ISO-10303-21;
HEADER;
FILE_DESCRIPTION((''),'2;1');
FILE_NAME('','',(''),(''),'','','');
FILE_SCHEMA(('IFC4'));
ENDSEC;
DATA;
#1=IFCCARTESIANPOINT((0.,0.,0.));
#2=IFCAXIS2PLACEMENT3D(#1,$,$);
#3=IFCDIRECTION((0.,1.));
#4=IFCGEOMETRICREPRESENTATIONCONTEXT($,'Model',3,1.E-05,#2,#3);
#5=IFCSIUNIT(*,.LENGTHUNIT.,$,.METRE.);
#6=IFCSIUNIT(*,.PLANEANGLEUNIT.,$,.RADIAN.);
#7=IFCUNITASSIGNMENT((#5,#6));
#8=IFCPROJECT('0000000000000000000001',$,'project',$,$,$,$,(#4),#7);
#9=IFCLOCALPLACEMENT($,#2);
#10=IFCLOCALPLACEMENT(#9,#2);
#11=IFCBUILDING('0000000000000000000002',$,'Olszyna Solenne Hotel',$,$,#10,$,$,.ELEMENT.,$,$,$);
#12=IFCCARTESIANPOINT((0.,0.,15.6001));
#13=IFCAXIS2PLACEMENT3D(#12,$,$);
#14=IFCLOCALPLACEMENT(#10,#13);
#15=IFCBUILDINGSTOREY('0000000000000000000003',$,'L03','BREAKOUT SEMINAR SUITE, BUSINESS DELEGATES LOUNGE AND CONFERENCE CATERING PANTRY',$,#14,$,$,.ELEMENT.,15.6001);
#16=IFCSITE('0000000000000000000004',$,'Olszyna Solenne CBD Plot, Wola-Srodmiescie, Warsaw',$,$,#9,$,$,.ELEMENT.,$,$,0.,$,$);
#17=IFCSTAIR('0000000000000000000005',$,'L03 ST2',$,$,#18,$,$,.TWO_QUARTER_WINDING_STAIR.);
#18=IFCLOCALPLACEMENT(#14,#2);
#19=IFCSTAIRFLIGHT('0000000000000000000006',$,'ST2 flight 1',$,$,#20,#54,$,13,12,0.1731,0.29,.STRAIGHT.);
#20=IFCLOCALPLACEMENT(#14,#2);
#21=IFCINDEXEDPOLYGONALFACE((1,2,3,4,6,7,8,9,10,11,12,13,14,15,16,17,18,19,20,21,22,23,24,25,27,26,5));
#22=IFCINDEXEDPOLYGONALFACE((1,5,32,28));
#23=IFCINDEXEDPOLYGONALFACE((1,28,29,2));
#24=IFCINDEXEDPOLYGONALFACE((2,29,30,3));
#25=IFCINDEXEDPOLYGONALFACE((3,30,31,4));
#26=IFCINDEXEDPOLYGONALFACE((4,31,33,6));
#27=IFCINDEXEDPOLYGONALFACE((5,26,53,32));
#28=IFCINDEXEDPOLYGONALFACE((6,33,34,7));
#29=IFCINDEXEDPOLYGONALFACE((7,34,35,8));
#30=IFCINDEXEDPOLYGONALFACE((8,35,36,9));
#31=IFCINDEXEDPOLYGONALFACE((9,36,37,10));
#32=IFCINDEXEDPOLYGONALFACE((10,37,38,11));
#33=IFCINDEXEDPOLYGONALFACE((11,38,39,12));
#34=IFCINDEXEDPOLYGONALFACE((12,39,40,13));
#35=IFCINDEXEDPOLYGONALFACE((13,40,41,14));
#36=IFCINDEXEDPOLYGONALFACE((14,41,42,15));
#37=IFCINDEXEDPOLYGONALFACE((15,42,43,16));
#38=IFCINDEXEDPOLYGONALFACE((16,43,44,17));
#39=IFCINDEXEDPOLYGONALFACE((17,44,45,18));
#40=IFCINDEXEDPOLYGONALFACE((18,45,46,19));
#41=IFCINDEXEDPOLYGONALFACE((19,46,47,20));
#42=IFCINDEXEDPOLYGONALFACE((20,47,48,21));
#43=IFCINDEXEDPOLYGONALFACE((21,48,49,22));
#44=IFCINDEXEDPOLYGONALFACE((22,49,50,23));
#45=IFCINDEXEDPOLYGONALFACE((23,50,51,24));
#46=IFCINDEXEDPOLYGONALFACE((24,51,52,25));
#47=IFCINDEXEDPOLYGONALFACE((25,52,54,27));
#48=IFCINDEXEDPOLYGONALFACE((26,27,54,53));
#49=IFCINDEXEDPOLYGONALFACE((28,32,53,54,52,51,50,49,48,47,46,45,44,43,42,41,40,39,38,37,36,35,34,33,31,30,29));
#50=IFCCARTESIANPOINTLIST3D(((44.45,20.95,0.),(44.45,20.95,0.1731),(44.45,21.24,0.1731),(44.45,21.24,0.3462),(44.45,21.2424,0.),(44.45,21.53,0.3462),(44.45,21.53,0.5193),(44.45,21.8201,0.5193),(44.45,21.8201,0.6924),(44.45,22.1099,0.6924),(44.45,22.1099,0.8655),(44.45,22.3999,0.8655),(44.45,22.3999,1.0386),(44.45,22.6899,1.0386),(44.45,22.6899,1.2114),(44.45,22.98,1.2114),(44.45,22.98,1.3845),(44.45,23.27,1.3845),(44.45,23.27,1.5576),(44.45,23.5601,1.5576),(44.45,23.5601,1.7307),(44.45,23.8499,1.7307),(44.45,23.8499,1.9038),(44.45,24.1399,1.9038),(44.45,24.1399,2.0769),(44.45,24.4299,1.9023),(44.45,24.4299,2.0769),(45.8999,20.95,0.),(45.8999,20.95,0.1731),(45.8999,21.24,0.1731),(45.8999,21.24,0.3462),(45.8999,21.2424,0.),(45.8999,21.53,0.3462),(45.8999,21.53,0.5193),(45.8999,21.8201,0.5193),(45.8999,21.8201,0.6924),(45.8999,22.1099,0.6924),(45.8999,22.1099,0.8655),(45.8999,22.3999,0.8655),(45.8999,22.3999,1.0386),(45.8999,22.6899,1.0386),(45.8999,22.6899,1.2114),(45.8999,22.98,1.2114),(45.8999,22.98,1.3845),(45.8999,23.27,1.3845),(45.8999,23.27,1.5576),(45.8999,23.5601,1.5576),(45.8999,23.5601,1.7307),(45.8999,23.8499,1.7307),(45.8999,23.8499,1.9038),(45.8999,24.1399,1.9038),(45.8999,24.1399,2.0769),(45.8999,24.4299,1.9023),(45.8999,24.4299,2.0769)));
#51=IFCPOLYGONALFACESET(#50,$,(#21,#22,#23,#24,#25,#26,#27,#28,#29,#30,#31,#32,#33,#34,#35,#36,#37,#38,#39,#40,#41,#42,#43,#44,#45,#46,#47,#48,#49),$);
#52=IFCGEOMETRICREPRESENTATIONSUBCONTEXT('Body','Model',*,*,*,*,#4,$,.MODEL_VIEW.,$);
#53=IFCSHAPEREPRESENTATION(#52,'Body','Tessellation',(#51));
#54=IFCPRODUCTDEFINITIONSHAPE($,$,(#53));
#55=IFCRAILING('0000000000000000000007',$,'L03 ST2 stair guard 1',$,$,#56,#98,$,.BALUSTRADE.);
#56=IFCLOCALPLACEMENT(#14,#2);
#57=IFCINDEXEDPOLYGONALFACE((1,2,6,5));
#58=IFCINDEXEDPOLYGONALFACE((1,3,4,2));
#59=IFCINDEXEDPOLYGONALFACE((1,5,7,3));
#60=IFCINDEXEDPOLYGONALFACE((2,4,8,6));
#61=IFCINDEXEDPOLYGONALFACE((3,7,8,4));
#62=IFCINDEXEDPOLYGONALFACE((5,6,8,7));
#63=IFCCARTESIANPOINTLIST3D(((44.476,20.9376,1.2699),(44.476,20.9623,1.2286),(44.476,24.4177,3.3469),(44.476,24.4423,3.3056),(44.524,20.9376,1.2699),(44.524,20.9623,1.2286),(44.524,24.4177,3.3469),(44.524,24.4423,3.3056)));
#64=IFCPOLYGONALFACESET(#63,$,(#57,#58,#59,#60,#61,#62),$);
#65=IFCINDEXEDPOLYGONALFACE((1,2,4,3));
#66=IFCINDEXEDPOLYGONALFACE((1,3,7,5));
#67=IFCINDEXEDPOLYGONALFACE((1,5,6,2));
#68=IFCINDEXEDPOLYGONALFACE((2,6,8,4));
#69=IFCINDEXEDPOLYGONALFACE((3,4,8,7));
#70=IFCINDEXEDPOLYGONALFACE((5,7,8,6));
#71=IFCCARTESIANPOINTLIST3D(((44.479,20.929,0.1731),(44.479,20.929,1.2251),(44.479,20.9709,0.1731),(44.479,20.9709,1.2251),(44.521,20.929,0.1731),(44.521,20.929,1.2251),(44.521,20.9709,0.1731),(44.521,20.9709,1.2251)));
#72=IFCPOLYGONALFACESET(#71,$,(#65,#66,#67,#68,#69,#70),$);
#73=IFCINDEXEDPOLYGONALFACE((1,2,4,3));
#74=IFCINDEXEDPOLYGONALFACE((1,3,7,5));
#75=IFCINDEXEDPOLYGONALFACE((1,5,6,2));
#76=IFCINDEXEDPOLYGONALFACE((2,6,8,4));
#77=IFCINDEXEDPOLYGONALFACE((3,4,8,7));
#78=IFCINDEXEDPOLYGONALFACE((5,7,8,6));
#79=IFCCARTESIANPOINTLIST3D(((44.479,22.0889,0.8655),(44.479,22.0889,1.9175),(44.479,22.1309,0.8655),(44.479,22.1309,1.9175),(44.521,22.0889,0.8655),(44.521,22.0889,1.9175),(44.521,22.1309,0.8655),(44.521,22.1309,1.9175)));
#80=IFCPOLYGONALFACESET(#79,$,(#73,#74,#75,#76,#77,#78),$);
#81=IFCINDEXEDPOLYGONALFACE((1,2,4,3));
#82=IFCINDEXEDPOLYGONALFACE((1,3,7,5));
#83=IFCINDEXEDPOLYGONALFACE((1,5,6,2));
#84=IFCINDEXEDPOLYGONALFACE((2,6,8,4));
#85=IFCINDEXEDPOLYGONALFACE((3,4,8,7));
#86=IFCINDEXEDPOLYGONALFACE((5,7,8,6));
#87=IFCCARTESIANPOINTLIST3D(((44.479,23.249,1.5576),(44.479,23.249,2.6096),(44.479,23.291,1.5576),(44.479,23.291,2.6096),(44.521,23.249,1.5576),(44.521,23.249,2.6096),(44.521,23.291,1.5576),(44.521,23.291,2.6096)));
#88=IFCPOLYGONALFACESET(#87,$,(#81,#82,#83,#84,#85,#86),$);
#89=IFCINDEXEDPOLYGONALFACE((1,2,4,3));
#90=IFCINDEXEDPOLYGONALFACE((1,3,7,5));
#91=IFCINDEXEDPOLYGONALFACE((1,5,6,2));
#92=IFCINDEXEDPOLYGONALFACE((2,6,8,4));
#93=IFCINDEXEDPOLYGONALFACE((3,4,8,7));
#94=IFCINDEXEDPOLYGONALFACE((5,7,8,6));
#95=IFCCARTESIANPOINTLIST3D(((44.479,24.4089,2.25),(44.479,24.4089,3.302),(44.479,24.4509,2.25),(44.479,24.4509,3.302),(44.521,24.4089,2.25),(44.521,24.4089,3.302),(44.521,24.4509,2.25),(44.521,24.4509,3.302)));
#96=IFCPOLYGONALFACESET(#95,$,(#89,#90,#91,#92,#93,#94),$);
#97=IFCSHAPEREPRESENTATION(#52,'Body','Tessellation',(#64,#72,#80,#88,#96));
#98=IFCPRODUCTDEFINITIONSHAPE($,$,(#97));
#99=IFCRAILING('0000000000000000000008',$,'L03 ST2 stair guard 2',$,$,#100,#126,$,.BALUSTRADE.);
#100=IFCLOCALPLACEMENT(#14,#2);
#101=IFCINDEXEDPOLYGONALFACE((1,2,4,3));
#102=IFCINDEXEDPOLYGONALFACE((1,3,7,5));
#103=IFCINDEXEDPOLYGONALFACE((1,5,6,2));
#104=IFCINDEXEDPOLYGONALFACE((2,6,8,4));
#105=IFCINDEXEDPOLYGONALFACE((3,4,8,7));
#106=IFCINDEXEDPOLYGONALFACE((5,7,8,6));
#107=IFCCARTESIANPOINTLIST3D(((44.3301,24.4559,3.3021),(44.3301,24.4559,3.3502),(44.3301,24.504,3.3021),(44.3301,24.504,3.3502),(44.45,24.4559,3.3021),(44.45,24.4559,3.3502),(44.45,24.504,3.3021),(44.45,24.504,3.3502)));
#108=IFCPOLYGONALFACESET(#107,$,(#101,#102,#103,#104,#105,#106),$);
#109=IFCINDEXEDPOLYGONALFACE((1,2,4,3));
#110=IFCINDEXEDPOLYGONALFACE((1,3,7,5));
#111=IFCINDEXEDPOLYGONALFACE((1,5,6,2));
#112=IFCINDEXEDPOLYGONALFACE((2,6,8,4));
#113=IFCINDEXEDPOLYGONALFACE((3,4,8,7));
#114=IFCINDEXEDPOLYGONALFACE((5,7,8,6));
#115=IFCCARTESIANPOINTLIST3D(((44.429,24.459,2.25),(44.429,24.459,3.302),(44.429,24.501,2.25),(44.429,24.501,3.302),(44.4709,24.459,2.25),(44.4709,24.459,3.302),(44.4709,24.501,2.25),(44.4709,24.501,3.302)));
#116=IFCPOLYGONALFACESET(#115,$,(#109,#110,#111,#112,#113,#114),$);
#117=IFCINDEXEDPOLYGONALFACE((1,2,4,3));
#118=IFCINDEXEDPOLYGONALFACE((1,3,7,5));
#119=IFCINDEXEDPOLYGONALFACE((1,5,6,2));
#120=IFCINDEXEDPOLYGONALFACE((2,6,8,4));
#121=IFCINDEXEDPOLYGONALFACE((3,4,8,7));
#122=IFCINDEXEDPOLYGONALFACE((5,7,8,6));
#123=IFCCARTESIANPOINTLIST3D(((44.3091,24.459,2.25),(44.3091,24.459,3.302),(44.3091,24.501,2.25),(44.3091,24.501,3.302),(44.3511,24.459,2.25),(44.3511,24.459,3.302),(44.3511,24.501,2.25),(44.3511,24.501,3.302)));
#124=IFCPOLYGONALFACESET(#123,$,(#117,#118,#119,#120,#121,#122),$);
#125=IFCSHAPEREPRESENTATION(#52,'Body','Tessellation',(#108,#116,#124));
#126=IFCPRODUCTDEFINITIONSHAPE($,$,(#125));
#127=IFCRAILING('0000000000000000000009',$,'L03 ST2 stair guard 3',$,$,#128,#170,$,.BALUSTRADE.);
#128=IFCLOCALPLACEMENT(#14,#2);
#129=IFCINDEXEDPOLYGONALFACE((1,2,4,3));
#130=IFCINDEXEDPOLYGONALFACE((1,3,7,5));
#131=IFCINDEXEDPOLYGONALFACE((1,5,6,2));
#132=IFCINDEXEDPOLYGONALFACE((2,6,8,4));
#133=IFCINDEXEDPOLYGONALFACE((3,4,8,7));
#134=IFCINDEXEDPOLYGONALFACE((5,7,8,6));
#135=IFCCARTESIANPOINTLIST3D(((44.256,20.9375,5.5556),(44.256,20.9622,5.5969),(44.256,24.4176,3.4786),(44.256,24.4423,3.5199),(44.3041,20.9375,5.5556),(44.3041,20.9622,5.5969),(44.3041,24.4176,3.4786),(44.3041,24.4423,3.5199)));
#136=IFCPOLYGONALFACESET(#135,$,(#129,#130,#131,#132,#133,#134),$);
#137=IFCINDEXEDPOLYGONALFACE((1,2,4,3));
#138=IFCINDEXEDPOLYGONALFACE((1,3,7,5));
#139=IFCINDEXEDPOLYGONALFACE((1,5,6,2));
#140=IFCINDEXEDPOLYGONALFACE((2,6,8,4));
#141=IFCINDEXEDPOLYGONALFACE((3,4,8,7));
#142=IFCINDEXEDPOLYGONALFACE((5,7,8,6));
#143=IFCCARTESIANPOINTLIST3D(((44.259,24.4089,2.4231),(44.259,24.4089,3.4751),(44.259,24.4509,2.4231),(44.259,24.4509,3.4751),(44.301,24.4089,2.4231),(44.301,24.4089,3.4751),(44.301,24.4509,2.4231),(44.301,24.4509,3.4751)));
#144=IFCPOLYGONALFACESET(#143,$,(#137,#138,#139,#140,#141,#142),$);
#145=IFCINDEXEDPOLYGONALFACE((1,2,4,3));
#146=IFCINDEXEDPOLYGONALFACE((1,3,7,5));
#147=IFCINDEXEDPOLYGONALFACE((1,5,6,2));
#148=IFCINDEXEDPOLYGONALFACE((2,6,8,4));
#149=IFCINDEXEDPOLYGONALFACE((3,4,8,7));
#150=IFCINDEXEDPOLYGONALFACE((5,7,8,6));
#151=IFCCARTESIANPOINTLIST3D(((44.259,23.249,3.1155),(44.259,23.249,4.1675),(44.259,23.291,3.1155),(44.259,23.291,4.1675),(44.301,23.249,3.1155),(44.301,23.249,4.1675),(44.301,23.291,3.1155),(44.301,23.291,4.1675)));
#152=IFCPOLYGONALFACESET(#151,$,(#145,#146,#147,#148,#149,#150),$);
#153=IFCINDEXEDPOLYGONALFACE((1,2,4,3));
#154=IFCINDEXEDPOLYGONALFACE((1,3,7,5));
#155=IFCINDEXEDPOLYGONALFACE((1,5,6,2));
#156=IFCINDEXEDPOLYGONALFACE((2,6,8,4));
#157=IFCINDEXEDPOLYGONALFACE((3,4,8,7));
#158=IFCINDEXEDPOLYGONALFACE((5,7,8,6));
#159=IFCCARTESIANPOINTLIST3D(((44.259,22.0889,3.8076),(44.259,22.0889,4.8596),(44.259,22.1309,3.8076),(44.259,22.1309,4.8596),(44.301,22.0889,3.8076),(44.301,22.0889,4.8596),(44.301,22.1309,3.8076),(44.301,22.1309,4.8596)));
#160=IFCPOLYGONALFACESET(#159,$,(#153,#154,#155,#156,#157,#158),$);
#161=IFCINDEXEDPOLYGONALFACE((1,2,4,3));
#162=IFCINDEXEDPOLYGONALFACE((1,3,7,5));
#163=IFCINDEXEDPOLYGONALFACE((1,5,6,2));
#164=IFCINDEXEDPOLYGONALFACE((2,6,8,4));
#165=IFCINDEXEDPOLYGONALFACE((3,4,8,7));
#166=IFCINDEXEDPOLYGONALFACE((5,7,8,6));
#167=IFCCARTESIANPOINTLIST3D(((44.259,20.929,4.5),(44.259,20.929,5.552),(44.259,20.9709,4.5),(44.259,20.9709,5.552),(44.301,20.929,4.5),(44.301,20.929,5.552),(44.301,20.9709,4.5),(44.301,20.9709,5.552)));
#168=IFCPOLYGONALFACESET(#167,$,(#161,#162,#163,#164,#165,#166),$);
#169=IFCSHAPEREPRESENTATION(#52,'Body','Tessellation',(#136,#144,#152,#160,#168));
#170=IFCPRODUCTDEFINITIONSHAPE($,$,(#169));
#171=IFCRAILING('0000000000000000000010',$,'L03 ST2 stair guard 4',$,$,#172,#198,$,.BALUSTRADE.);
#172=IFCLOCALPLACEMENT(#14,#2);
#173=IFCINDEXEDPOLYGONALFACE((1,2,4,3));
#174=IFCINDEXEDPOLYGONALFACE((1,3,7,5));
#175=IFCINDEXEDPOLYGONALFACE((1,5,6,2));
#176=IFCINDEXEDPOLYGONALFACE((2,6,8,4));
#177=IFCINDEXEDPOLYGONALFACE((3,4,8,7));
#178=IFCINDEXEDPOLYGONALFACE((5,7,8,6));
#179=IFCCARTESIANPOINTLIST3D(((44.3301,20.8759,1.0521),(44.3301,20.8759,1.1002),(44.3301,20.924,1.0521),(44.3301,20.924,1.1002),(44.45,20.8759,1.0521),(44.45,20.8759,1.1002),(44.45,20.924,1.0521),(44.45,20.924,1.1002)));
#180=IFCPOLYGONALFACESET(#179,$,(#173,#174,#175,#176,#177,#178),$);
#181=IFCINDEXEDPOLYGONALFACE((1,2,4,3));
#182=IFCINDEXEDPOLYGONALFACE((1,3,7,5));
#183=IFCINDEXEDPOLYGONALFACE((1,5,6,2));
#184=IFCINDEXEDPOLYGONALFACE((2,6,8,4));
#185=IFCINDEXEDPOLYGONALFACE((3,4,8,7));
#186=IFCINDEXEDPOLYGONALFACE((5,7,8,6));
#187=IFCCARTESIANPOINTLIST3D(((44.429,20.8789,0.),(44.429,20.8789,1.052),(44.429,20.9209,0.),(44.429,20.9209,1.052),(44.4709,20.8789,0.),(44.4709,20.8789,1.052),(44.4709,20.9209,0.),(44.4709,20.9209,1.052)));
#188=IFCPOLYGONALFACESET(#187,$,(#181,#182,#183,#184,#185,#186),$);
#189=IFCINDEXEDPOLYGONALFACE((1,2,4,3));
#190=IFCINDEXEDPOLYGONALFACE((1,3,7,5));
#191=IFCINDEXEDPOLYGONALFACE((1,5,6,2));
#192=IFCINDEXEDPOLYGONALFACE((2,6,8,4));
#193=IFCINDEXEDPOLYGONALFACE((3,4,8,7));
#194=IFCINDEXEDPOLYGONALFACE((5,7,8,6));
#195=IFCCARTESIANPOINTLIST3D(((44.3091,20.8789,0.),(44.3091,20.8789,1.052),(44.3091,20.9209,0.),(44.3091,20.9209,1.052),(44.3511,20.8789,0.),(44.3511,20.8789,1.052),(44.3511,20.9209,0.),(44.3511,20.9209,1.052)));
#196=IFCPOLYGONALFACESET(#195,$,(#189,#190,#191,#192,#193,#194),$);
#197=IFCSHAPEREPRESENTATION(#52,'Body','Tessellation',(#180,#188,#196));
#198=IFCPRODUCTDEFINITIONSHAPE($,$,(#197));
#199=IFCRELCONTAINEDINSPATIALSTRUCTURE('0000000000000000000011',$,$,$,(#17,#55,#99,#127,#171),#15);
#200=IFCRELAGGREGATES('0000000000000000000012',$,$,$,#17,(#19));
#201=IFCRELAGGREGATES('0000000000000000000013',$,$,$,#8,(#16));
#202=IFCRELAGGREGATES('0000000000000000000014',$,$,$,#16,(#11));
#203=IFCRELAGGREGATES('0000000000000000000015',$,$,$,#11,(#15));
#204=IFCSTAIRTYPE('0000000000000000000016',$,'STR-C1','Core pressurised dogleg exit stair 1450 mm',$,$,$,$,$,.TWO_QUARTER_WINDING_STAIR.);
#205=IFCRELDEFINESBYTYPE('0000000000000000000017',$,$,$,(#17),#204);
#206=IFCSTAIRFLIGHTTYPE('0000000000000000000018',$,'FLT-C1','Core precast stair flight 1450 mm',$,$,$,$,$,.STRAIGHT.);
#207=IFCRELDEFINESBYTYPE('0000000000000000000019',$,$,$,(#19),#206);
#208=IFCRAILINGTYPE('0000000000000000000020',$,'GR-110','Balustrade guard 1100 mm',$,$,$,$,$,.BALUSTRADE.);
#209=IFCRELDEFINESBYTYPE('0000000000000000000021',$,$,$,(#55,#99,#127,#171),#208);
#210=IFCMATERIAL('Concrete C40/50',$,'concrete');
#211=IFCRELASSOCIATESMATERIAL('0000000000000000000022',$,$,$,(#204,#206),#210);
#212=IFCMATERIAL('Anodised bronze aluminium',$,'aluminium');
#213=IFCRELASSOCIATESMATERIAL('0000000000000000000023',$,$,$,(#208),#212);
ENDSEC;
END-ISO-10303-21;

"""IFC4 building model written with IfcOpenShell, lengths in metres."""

from ifc_helpers import new_model, si_unit, direction, frame, origin, origin_2d, place, context, subcontext, project, spatial, polyline, rectangle, outline, extrude, material, type_object, element, aggregate, save


model = new_model("IFC4")

# Units and contexts
model_context = context("Model", 3, precision=1e-05, world=origin(), true_north=direction((0.0, 1.0)))
body_context = subcontext(model_context, "Body", "Model", "MODEL_VIEW")
ifc_project = project(units=[si_unit("LENGTHUNIT", "METRE"), si_unit("PLANEANGLEUNIT", "RADIAN")], contexts=[model_context])

# Site, building, storey
site_placement = place(None, origin())
site = spatial("IfcSite", under=ifc_project, at=site_placement, Name="Olszyna Solenne CBD Plot, Wola-Srodmiescie, Warsaw", CompositionType="ELEMENT", RefElevation=0.0)
building_placement = place(site_placement, origin())
building = spatial("IfcBuilding", under=site, at=building_placement, Name="Olszyna Solenne Hotel", CompositionType="ELEMENT")
storey_placement = place(building_placement, frame((0.0, 0.0, 15.6001)))
storey = spatial("IfcBuildingStorey", under=building, at=storey_placement, Name="L03", Description="BREAKOUT SEMINAR SUITE, BUSINESS DELEGATES LOUNGE AND CONFERENCE CATERING PANTRY", CompositionType="ELEMENT", Elevation=15.6001)

# Stair, stair flight
ifc_material_1 = material(Name="Concrete C40/50", Category="concrete")
stair_type = type_object("IfcStairType", Name="STR-C1", Description="Core pressurised dogleg exit stair 1450 mm", PredefinedType="TWO_QUARTER_WINDING_STAIR", material=ifc_material_1)
stair_placement = place(storey_placement, origin())
stair = element("IfcStair", 1, at=stair_placement, inside=storey, type_object=stair_type, Name="L03 ST2", PredefinedType="TWO_QUARTER_WINDING_STAIR")
stair_flight_type = type_object("IfcStairFlightType", Name="FLT-C1", Description="Core precast stair flight 1450 mm", PredefinedType="STRAIGHT", material=ifc_material_1)
stair_flight_placement = place(storey_placement, frame((45.175, 20.95, 0.0), z_axis=(0.0, 0.0, 1.0), x_axis=(0.0, 1.0, 0.0)))
stair_flight = element("IfcStairFlight", 2, at=stair_flight_placement, type_object=stair_flight_type, Name="ST2 flight 1", NumberOfRisers=13, NumberOfTreads=12, PredefinedType="STRAIGHT", RiserHeight=0.1731, TreadLength=0.29, context=body_context, shape_type="SweptSolid", body=[
    extrude(outline(polyline([(0.0, 0.0), (0.0, 0.1731), (0.29, 0.1731), (0.29, 0.3462), (0.5801, 0.3462), (0.5801, 0.5193), (0.8701, 0.5193), (0.8701, 0.6924), (1.1599, 0.6924), (1.1599, 0.8655), (1.45, 0.8655), (1.45, 1.0386), (1.74, 1.0386), (1.74, 1.2114), (2.03, 1.2114), (2.03, 1.3845), (2.3201, 1.3845), (2.3201, 1.5576), (2.6101, 1.5576), (2.6101, 1.7307), (2.8999, 1.7307), (2.8999, 1.9038), (3.1899, 1.9038), (3.1899, 2.0769), (3.48, 2.0769), (3.48, 2.25), (3.48, 1.9023), (0.2925, 0.0), (0.0, 0.0)])), frame((0.0, 0.7251, 0.0), z_axis=(0.0, -1.0, 0.0), x_axis=(1.0, 0.0, 0.0)), (0.0, 0.0, 1.0), 1.45),
])
aggregate(stair, [stair_flight])

# Railings
ifc_material_2 = material(Name="Anodised bronze aluminium", Category="aluminium")
railing_type_1 = type_object("IfcRailingType", Name="GR-110", Description="Balustrade guard 1100 mm", PredefinedType="BALUSTRADE", material=ifc_material_2)
railing_1_placement = place(storey_placement, frame((44.5, 20.95, 0.1731)))
element("IfcRailing", 3, at=railing_1_placement, inside=storey, type_object=railing_type_1, Name="L03 ST2 stair guard 1", PredefinedType="BALUSTRADE", context=body_context, shape_type="SweptSolid", body=[
    extrude(rectangle(XDim=0.0481, YDim=0.0481, at=origin_2d()), frame((0.0, 0.0, 1.0762), z_axis=(0.0, 0.858697, 0.512483), x_axis=(-1.0, 0.0, 0.0)), (0.0, 0.0, 1.0), 4.0527),
    extrude(rectangle(XDim=0.042, YDim=0.042, at=origin_2d()), origin(), (0.0, 0.0, 1.0), 1.052),
    extrude(rectangle(XDim=0.042, YDim=0.042, at=origin_2d()), frame((0.0, 1.1599, 0.6924)), (0.0, 0.0, 1.0), 1.052),
    extrude(rectangle(XDim=0.042, YDim=0.042, at=origin_2d()), frame((0.0, 2.3201, 1.3845)), (0.0, 0.0, 1.0), 1.052),
    extrude(rectangle(XDim=0.042, YDim=0.042, at=origin_2d()), frame((0.0, 3.48, 2.0769)), (0.0, 0.0, 1.0), 1.052),
])
railing_2_placement = place(storey_placement, frame((44.45, 24.48, 2.25)))
element("IfcRailing", 4, at=railing_2_placement, inside=storey, type_object=railing_type_1, Name="L03 ST2 stair guard 2", PredefinedType="BALUSTRADE", context=body_context, shape_type="SweptSolid", body=[
    extrude(rectangle(XDim=0.0481, YDim=0.0481, at=origin_2d()), frame((0.0, 0.0, 1.0762), z_axis=(-1.0, 0.0, 0.0), x_axis=(0.0, -1.0, 0.0)), (0.0, 0.0, 1.0), 0.1199),
    extrude(rectangle(XDim=0.042, YDim=0.042, at=origin_2d()), origin(), (0.0, 0.0, 1.0), 1.052),
    extrude(rectangle(XDim=0.042, YDim=0.042, at=origin_2d()), frame((-0.1199, 0.0, 0.0)), (0.0, 0.0, 1.0), 1.052),
])
railing_3_placement = place(storey_placement, frame((44.28, 24.4299, 2.4231)))
element("IfcRailing", 5, at=railing_3_placement, inside=storey, type_object=railing_type_1, Name="L03 ST2 stair guard 3", PredefinedType="BALUSTRADE", context=body_context, shape_type="SweptSolid", body=[
    extrude(rectangle(XDim=0.0481, YDim=0.0481, at=origin_2d()), frame((0.0, 0.0, 1.0762), z_axis=(0.0, -0.858697, 0.512483), x_axis=(1.0, 0.0, 0.0)), (0.0, 0.0, 1.0), 4.0527),
    extrude(rectangle(XDim=0.042, YDim=0.042, at=origin_2d()), origin(), (0.0, 0.0, 1.0), 1.052),
    extrude(rectangle(XDim=0.042, YDim=0.042, at=origin_2d()), frame((0.0, -1.1599, 0.6924)), (0.0, 0.0, 1.0), 1.052),
    extrude(rectangle(XDim=0.042, YDim=0.042, at=origin_2d()), frame((0.0, -2.3201, 1.3845)), (0.0, 0.0, 1.0), 1.052),
    extrude(rectangle(XDim=0.042, YDim=0.042, at=origin_2d()), frame((0.0, -3.48, 2.0769)), (0.0, 0.0, 1.0), 1.052),
])
railing_4_placement = place(storey_placement, frame((44.45, 20.8999, 0.0)))
element("IfcRailing", 6, at=railing_4_placement, inside=storey, type_object=railing_type_1, Name="L03 ST2 stair guard 4", PredefinedType="BALUSTRADE", context=body_context, shape_type="SweptSolid", body=[
    extrude(rectangle(XDim=0.0481, YDim=0.0481, at=origin_2d()), frame((0.0, 0.0, 1.0762), z_axis=(-1.0, 0.0, 0.0), x_axis=(0.0, -1.0, 0.0)), (0.0, 0.0, 1.0), 0.1199),
    extrude(rectangle(XDim=0.042, YDim=0.042, at=origin_2d()), origin(), (0.0, 0.0, 1.0), 1.052),
    extrude(rectangle(XDim=0.042, YDim=0.042, at=origin_2d()), frame((-0.1199, 0.0, 0.0)), (0.0, 0.0, 1.0), 1.052),
])

save(model, "model.ifc")
